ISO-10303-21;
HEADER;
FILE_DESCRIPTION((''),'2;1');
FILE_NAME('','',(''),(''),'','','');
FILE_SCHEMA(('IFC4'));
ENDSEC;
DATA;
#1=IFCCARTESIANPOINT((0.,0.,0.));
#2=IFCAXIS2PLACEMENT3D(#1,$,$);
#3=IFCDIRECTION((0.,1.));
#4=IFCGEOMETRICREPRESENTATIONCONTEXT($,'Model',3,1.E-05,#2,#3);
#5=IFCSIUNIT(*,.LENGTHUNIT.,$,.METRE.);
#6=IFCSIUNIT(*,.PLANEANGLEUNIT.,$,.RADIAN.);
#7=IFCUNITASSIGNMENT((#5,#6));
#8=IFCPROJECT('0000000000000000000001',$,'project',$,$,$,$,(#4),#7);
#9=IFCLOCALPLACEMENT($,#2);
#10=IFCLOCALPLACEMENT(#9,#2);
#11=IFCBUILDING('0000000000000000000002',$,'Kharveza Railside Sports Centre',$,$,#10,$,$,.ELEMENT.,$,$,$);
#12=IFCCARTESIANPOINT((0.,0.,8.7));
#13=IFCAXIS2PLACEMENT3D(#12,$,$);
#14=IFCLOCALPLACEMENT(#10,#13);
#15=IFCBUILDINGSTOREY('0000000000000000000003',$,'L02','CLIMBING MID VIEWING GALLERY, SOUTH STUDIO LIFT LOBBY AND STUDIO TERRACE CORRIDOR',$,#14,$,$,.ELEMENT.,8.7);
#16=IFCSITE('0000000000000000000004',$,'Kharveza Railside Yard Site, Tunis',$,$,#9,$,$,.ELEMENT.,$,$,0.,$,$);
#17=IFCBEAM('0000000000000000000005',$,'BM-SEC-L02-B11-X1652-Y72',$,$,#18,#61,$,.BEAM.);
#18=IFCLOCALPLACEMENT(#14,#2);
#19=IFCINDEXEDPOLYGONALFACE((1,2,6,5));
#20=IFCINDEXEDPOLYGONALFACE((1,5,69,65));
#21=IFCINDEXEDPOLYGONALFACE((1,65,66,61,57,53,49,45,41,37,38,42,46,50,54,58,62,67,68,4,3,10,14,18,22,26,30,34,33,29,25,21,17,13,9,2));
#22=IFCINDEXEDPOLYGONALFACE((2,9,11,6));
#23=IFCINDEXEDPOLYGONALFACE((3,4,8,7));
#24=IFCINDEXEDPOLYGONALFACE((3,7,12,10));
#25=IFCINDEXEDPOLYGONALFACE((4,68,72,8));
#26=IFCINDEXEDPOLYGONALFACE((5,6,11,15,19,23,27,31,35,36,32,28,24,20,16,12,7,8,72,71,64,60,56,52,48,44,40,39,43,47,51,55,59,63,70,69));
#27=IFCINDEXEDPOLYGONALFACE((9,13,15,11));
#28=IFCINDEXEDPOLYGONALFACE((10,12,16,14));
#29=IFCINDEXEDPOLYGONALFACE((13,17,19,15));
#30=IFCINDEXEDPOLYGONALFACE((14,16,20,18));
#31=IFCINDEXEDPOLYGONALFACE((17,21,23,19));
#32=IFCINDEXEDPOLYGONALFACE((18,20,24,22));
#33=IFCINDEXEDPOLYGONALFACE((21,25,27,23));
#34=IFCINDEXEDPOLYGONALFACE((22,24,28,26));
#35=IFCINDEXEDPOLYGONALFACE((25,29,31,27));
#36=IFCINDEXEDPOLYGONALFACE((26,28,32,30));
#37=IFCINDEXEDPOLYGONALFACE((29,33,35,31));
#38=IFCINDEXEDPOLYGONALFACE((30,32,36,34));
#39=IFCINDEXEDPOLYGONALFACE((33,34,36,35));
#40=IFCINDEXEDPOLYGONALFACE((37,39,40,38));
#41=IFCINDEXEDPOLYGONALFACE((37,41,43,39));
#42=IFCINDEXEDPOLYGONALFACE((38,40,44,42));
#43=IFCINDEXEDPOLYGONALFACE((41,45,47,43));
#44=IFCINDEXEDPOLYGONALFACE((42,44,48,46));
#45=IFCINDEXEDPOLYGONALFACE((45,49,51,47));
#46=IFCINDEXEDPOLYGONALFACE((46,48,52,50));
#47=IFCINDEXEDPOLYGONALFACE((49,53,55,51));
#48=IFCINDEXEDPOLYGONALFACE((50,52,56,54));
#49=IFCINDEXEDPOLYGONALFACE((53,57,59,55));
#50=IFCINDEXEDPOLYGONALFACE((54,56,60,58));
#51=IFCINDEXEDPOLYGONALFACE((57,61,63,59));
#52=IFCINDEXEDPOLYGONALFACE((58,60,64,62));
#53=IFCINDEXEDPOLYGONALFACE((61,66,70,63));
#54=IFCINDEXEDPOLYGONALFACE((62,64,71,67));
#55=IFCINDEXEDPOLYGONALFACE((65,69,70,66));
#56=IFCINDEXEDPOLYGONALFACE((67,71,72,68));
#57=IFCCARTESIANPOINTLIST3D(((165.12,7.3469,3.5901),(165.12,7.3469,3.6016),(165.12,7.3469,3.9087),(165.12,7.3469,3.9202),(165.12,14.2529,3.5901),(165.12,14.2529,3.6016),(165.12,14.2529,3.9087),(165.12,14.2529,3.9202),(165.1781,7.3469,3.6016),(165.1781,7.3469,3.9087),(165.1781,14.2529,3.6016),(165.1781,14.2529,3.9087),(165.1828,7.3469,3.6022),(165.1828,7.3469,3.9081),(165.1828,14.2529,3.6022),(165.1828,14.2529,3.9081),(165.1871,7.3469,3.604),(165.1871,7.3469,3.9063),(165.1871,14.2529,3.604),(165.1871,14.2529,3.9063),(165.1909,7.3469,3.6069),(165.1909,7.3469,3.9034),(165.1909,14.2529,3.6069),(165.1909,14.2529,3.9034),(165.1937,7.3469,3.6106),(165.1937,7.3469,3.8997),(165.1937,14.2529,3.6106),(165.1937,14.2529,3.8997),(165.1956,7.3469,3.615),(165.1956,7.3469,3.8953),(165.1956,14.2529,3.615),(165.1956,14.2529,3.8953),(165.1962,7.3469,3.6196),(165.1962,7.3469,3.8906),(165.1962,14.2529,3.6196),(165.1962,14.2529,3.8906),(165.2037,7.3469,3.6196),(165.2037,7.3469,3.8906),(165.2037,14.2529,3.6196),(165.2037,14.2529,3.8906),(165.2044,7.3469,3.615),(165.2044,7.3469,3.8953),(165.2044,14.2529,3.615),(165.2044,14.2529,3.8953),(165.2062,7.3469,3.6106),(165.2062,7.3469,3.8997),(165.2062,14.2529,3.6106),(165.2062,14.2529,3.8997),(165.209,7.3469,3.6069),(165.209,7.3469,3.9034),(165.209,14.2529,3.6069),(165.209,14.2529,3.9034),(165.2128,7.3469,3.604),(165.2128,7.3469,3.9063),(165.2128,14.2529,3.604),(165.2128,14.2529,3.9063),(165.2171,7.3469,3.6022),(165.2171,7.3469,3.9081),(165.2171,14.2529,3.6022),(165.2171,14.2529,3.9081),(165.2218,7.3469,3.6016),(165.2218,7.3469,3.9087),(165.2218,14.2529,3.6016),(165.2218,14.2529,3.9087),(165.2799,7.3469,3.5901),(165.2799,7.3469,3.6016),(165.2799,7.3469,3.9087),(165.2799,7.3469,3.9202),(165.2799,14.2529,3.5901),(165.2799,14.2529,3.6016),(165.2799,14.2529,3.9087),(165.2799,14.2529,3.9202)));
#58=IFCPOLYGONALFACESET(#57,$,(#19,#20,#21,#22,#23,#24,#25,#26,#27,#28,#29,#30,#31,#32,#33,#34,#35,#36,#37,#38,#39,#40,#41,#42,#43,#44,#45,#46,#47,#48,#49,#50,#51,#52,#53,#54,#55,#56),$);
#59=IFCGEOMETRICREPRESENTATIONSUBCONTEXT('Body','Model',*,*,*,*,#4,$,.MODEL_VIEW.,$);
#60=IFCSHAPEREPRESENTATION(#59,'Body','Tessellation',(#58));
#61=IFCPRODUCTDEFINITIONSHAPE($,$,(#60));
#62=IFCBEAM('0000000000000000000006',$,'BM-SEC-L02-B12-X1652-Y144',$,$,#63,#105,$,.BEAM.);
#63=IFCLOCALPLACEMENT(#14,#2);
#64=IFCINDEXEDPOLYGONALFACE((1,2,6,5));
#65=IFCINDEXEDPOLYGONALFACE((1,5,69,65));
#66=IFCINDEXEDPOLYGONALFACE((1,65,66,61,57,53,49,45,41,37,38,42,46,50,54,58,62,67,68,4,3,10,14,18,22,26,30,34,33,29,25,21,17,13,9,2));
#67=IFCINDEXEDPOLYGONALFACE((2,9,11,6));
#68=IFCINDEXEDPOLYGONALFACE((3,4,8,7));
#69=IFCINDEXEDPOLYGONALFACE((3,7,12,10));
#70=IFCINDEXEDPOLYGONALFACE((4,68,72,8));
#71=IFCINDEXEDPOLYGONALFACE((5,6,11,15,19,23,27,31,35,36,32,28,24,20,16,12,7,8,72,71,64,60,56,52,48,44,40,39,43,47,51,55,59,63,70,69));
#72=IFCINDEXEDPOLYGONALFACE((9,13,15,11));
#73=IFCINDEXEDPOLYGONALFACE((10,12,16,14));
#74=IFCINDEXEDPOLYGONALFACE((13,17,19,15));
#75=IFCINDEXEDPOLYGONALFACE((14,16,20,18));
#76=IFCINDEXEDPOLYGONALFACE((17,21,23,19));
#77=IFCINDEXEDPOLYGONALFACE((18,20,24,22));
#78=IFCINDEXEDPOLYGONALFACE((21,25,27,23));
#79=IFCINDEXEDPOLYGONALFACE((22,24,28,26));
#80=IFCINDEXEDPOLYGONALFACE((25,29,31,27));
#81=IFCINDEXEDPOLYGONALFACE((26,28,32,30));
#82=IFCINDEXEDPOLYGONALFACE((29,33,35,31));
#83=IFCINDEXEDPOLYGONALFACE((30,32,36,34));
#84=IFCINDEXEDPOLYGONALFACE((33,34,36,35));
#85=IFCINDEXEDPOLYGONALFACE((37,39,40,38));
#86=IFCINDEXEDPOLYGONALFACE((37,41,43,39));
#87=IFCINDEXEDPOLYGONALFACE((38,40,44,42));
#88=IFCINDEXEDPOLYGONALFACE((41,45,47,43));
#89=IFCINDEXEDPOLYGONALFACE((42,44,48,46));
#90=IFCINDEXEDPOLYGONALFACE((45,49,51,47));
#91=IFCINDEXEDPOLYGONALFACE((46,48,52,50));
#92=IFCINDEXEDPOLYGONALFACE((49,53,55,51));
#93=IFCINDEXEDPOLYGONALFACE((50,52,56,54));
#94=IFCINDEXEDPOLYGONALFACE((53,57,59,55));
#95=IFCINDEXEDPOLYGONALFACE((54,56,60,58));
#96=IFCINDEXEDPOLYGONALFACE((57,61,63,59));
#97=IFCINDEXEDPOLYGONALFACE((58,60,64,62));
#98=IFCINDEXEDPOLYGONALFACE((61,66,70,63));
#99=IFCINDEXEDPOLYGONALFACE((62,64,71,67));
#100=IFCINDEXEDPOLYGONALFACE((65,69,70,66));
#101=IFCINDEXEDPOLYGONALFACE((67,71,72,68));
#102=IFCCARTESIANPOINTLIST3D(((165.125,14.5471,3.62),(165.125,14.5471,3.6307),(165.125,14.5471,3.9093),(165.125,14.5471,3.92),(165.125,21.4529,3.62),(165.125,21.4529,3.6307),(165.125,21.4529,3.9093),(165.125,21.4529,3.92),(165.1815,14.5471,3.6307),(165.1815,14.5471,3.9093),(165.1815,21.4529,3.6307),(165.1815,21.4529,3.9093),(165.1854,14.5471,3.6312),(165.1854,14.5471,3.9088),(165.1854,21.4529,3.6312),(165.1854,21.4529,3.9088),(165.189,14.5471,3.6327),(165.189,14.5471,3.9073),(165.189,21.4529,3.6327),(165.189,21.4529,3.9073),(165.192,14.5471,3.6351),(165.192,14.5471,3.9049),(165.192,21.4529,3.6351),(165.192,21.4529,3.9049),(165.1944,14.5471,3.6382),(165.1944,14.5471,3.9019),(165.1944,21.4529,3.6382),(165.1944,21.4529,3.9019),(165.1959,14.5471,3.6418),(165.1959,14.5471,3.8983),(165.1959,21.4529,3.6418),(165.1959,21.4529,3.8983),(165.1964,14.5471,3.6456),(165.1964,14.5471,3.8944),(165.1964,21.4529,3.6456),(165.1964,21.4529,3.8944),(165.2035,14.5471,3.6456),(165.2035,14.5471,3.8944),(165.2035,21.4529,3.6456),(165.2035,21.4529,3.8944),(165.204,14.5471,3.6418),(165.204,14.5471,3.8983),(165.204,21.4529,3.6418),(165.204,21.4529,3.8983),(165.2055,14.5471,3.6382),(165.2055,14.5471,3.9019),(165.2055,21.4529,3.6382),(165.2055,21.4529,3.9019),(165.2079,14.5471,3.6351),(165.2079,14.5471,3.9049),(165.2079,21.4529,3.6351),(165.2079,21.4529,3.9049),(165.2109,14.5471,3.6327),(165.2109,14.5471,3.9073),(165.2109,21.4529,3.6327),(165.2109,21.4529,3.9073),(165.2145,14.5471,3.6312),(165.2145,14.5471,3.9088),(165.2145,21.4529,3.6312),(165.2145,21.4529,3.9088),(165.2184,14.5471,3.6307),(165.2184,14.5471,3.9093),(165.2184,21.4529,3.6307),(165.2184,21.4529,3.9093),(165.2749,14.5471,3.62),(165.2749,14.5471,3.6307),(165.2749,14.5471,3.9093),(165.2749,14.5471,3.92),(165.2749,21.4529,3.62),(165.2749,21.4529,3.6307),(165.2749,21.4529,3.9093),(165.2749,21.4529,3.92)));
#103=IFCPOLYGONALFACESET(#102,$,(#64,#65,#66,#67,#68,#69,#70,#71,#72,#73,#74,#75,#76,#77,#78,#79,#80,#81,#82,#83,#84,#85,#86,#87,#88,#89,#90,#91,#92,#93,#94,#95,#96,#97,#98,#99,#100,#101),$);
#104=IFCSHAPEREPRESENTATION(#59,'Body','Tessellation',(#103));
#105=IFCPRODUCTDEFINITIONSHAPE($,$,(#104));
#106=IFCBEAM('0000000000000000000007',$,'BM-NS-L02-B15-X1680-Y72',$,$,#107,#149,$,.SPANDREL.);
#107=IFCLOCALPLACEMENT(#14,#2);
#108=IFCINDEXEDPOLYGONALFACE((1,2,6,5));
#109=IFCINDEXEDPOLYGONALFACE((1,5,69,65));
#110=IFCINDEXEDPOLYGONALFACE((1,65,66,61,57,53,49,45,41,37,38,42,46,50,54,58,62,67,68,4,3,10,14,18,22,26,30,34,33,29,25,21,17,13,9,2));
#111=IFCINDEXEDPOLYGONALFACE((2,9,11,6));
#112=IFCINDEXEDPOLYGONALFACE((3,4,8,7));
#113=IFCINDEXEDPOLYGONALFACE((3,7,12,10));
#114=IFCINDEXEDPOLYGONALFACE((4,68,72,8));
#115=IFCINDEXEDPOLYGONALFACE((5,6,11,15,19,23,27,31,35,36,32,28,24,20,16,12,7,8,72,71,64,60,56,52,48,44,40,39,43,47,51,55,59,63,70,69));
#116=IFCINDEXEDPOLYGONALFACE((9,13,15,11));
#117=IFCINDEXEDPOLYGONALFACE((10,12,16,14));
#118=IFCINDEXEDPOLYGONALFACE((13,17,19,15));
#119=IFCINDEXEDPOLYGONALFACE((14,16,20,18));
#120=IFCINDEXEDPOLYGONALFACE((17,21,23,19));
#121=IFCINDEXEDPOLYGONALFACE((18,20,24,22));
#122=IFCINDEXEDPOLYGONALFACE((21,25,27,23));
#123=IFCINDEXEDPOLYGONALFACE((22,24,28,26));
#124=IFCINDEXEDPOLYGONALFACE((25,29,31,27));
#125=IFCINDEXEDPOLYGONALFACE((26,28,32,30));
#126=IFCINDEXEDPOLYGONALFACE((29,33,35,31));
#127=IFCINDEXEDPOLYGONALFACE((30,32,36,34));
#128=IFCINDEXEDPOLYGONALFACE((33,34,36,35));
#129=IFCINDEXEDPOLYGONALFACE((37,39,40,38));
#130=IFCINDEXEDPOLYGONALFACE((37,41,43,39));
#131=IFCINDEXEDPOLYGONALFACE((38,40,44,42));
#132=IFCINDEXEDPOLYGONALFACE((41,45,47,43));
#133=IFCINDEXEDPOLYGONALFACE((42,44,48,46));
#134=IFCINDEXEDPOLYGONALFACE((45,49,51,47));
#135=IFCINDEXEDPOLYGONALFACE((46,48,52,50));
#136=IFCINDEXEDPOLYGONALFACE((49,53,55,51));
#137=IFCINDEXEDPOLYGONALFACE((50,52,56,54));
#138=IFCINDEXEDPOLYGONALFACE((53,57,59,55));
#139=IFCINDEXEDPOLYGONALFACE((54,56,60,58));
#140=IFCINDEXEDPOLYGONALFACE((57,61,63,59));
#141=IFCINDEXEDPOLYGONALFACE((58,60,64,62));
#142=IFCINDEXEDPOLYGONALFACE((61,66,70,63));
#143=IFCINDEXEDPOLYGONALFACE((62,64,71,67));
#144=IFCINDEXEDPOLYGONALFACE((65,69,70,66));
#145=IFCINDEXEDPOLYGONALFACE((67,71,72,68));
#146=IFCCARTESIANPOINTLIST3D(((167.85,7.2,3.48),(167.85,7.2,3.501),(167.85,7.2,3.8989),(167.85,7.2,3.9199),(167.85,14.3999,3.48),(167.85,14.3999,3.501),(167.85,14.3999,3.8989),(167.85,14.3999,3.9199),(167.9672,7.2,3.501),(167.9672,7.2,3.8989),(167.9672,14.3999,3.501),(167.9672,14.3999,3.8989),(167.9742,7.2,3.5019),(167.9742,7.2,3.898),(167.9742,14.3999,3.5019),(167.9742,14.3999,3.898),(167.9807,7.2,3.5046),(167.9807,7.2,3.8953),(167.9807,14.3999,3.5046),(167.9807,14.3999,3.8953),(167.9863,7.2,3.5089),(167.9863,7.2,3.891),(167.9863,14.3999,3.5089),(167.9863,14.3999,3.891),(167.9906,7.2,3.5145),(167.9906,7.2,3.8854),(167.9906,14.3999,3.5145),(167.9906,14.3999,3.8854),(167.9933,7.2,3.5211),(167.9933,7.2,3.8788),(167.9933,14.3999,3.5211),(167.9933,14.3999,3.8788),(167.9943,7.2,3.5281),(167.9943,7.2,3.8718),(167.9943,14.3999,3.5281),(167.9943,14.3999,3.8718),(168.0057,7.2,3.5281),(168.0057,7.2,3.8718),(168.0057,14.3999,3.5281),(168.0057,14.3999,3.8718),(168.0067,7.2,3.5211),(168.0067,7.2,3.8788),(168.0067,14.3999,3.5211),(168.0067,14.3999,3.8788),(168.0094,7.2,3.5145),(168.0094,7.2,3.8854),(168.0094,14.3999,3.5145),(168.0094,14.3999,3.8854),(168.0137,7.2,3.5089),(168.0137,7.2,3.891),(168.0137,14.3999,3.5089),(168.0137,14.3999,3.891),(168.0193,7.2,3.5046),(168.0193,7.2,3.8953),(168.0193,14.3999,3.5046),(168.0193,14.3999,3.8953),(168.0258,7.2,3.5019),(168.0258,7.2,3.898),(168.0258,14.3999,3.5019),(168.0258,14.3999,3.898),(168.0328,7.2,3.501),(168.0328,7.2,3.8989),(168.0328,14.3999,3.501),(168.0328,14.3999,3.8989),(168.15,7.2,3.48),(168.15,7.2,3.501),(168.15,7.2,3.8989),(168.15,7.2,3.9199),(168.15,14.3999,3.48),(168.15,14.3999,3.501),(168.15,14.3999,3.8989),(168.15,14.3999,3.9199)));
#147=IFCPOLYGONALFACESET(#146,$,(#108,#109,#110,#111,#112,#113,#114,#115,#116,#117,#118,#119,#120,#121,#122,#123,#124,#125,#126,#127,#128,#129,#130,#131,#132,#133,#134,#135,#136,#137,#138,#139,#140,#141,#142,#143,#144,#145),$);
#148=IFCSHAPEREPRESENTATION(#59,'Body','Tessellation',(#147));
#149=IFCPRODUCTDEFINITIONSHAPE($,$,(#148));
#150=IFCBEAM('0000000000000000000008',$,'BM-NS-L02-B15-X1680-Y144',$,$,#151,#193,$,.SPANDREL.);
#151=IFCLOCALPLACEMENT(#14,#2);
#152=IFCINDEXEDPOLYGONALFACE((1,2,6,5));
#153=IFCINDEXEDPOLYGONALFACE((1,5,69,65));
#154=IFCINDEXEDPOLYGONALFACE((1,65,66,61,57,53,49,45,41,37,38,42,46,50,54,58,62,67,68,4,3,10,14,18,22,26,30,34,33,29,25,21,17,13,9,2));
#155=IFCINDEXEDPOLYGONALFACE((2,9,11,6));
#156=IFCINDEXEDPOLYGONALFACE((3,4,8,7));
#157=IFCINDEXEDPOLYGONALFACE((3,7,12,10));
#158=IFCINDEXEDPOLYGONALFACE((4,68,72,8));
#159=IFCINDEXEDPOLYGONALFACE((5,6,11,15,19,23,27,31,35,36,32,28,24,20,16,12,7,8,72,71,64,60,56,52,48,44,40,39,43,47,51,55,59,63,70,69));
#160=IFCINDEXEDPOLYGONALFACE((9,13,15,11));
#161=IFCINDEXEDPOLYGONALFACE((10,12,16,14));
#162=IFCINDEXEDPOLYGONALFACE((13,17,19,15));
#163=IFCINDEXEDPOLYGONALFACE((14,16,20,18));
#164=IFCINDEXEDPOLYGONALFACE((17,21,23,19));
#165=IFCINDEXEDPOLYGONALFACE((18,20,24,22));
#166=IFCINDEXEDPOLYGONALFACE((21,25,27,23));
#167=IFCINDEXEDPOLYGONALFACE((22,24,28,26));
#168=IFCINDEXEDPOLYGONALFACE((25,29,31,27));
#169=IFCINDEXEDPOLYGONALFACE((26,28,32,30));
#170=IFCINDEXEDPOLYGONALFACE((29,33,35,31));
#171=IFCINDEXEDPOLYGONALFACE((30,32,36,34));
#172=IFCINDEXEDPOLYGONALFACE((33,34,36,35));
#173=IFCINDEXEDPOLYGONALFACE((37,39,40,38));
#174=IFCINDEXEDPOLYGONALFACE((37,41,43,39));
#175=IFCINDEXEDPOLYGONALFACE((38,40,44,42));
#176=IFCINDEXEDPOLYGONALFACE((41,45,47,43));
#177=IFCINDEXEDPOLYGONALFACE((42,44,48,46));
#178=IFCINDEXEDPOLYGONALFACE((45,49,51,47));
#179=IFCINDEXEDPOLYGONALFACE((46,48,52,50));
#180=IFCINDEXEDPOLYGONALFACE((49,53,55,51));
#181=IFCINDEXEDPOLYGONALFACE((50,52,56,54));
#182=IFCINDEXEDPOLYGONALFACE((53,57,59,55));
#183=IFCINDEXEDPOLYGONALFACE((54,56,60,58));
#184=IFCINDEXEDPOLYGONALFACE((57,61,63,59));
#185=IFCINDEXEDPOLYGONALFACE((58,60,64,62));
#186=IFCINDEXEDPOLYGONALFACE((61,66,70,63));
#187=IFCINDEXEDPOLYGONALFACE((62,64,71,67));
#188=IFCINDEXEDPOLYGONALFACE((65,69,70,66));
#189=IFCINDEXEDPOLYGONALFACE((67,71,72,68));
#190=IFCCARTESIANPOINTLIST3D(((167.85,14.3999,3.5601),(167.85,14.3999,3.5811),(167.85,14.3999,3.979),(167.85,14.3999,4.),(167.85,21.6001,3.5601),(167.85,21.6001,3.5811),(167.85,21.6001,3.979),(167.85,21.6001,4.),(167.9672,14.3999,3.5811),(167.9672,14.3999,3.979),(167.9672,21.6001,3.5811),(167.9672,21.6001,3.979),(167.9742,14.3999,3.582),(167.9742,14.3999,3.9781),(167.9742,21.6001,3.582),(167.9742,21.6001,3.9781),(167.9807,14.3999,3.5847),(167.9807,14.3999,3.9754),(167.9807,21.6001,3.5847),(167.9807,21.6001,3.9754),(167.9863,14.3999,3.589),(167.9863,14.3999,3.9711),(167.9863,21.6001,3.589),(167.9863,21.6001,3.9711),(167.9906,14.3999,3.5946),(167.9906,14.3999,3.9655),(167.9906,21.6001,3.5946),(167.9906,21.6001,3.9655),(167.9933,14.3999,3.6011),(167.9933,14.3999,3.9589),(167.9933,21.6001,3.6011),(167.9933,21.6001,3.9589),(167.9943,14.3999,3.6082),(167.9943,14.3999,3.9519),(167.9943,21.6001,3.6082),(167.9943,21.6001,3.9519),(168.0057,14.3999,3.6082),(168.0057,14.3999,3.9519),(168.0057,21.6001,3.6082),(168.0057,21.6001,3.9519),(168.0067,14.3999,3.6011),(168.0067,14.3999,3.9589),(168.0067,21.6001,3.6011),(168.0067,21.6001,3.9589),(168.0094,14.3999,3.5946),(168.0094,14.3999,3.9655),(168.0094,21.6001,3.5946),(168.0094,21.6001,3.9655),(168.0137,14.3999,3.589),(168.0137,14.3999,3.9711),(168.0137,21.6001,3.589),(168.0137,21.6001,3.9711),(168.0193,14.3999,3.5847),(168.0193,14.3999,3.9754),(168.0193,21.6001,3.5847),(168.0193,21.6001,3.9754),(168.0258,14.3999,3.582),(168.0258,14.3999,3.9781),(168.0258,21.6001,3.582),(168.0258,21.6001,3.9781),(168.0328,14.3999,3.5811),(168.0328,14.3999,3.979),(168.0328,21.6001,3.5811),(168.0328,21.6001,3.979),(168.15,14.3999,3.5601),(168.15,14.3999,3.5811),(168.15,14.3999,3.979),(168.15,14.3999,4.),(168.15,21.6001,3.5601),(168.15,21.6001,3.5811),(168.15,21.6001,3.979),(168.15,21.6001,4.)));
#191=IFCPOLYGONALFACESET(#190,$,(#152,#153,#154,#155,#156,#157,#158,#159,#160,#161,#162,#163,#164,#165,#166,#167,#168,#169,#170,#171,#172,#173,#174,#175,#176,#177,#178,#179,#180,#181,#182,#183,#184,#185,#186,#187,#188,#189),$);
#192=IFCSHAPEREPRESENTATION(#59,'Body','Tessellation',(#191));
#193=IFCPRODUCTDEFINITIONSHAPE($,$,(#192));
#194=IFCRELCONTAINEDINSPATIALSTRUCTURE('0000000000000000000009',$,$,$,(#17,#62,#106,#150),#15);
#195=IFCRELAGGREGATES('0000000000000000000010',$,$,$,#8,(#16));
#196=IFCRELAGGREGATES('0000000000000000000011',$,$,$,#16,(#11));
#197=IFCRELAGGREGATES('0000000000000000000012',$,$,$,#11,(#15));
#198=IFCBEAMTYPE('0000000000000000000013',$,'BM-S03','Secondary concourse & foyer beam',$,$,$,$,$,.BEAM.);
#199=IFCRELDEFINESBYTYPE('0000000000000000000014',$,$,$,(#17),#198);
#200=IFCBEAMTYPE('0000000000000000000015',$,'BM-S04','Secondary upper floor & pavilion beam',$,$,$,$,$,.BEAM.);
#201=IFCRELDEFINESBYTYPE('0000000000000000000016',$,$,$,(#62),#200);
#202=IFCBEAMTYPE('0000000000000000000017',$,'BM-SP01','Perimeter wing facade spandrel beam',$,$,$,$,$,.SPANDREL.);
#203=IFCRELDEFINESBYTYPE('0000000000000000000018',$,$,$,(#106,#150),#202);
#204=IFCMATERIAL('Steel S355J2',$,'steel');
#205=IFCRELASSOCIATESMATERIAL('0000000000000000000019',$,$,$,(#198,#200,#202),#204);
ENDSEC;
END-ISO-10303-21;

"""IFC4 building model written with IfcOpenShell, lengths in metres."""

from ifc_helpers import new_model, si_unit, direction, frame, origin, origin_2d, place, context, subcontext, project, spatial, i_section, extrude, material, material_profile, profile_set, type_object, element, save


model = new_model("IFC4")

# Units and contexts
model_context = context("Model", 3, precision=1e-05, world=origin(), true_north=direction((0.0, 1.0)))
body_context = subcontext(model_context, "Body", "Model", "MODEL_VIEW")
ifc_project = project(units=[si_unit("LENGTHUNIT", "METRE"), si_unit("PLANEANGLEUNIT", "RADIAN")], contexts=[model_context])

# Site, building, storey
site_placement = place(None, origin())
site = spatial("IfcSite", under=ifc_project, at=site_placement, Name="Kharveza Railside Yard Site, Tunis", CompositionType="ELEMENT", RefElevation=0.0)
building_placement = place(site_placement, origin())
building = spatial("IfcBuilding", under=site, at=building_placement, Name="Kharveza Railside Sports Centre", CompositionType="ELEMENT")
storey_placement = place(building_placement, frame((0.0, 0.0, 8.7)))
storey = spatial("IfcBuildingStorey", under=building, at=storey_placement, Name="L02", Description="CLIMBING MID VIEWING GALLERY, SOUTH STUDIO LIFT LOBBY AND STUDIO TERRACE CORRIDOR", CompositionType="ELEMENT", Elevation=8.7)

# Shared definitions
ifc_material_1 = material(Name="Steel S355J2", Category="steel")

# Beams
ifc_material_profile_1 = material_profile(ifc_material_1, i_section(OverallWidth=0.1599, OverallDepth=0.3301, WebThickness=0.0076, FlangeThickness=0.0115, FilletRadius=0.0181, at=origin_2d()), Name="IPE 330")
ifc_profile_set_1 = profile_set([ifc_material_profile_1], Name="Steel S355J2")
beam_type_1 = type_object("IfcBeamType", Name="BM-S03", Description="Secondary concourse & foyer beam", PredefinedType="BEAM", material=ifc_profile_set_1)
beam_1_placement = place(storey_placement, frame((165.2, 7.3469, 3.7551), z_axis=(0.0, 1.0, 0.0), x_axis=(-1.0, 0.0, 0.0)))
element("IfcBeam", 1, at=beam_1_placement, inside=storey, type_object=beam_type_1, Name="BM-SEC-L02-B11-X1652-Y72", PredefinedType="BEAM", context=body_context, shape_type="SweptSolid", body=[
    extrude(i_section(OverallWidth=0.1599, OverallDepth=0.3301, WebThickness=0.0076, FlangeThickness=0.0115, FilletRadius=0.0181, at=origin_2d()), origin(), (0.0, 0.0, 1.0), 6.906),
])
ifc_material_profile_2 = material_profile(ifc_material_1, i_section(OverallWidth=0.1499, OverallDepth=0.3, WebThickness=0.0071, FlangeThickness=0.0107, FilletRadius=0.0149, at=origin_2d()), Name="IPE 300")
ifc_profile_set_2 = profile_set([ifc_material_profile_2], Name="Steel S355J2")
beam_type_2 = type_object("IfcBeamType", Name="BM-S04", Description="Secondary upper floor & pavilion beam", PredefinedType="BEAM", material=ifc_profile_set_2)
beam_2_placement = place(storey_placement, frame((165.2, 14.5471, 3.77), z_axis=(0.0, 1.0, 0.0), x_axis=(-1.0, 0.0, 0.0)))
element("IfcBeam", 2, at=beam_2_placement, inside=storey, type_object=beam_type_2, Name="BM-SEC-L02-B12-X1652-Y144", PredefinedType="BEAM", context=body_context, shape_type="SweptSolid", body=[
    extrude(i_section(OverallWidth=0.1499, OverallDepth=0.3, WebThickness=0.0071, FlangeThickness=0.0107, FilletRadius=0.0149, at=origin_2d()), origin(), (0.0, 0.0, 1.0), 6.9058),
])
ifc_material_profile_3 = material_profile(ifc_material_1, i_section(OverallWidth=0.3, OverallDepth=0.4399, WebThickness=0.0115, FlangeThickness=0.021, FilletRadius=0.0271, at=origin_2d()), Name="HEA 450")
ifc_profile_set_3 = profile_set([ifc_material_profile_3], Name="Steel S355J2")
beam_type_3 = type_object("IfcBeamType", Name="BM-SP01", Description="Perimeter wing facade spandrel beam", PredefinedType="SPANDREL", material=ifc_profile_set_3)
beam_3_placement = place(storey_placement, frame((168.0, 7.2, 3.7), z_axis=(0.0, 1.0, 0.0), x_axis=(-1.0, 0.0, 0.0)))
element("IfcBeam", 3, at=beam_3_placement, inside=storey, type_object=beam_type_3, Name="BM-NS-L02-B15-X1680-Y72", PredefinedType="SPANDREL", context=body_context, shape_type="SweptSolid", body=[
    extrude(i_section(OverallWidth=0.3, OverallDepth=0.4399, WebThickness=0.0115, FlangeThickness=0.021, FilletRadius=0.0271, at=origin_2d()), origin(), (0.0, 0.0, 1.0), 7.2),
])
beam_4_placement = place(storey_placement, frame((168.0, 14.3999, 3.78), z_axis=(0.0, 1.0, 0.0), x_axis=(-1.0, 0.0, 0.0)))
element("IfcBeam", 4, at=beam_4_placement, inside=storey, type_object=beam_type_3, Name="BM-NS-L02-B15-X1680-Y144", PredefinedType="SPANDREL", context=body_context, shape_type="SweptSolid", body=[
    extrude(i_section(OverallWidth=0.3, OverallDepth=0.4399, WebThickness=0.0115, FlangeThickness=0.021, FilletRadius=0.0271, at=origin_2d()), origin(), (0.0, 0.0, 1.0), 7.2002),
])

save(model, "model.ifc")
